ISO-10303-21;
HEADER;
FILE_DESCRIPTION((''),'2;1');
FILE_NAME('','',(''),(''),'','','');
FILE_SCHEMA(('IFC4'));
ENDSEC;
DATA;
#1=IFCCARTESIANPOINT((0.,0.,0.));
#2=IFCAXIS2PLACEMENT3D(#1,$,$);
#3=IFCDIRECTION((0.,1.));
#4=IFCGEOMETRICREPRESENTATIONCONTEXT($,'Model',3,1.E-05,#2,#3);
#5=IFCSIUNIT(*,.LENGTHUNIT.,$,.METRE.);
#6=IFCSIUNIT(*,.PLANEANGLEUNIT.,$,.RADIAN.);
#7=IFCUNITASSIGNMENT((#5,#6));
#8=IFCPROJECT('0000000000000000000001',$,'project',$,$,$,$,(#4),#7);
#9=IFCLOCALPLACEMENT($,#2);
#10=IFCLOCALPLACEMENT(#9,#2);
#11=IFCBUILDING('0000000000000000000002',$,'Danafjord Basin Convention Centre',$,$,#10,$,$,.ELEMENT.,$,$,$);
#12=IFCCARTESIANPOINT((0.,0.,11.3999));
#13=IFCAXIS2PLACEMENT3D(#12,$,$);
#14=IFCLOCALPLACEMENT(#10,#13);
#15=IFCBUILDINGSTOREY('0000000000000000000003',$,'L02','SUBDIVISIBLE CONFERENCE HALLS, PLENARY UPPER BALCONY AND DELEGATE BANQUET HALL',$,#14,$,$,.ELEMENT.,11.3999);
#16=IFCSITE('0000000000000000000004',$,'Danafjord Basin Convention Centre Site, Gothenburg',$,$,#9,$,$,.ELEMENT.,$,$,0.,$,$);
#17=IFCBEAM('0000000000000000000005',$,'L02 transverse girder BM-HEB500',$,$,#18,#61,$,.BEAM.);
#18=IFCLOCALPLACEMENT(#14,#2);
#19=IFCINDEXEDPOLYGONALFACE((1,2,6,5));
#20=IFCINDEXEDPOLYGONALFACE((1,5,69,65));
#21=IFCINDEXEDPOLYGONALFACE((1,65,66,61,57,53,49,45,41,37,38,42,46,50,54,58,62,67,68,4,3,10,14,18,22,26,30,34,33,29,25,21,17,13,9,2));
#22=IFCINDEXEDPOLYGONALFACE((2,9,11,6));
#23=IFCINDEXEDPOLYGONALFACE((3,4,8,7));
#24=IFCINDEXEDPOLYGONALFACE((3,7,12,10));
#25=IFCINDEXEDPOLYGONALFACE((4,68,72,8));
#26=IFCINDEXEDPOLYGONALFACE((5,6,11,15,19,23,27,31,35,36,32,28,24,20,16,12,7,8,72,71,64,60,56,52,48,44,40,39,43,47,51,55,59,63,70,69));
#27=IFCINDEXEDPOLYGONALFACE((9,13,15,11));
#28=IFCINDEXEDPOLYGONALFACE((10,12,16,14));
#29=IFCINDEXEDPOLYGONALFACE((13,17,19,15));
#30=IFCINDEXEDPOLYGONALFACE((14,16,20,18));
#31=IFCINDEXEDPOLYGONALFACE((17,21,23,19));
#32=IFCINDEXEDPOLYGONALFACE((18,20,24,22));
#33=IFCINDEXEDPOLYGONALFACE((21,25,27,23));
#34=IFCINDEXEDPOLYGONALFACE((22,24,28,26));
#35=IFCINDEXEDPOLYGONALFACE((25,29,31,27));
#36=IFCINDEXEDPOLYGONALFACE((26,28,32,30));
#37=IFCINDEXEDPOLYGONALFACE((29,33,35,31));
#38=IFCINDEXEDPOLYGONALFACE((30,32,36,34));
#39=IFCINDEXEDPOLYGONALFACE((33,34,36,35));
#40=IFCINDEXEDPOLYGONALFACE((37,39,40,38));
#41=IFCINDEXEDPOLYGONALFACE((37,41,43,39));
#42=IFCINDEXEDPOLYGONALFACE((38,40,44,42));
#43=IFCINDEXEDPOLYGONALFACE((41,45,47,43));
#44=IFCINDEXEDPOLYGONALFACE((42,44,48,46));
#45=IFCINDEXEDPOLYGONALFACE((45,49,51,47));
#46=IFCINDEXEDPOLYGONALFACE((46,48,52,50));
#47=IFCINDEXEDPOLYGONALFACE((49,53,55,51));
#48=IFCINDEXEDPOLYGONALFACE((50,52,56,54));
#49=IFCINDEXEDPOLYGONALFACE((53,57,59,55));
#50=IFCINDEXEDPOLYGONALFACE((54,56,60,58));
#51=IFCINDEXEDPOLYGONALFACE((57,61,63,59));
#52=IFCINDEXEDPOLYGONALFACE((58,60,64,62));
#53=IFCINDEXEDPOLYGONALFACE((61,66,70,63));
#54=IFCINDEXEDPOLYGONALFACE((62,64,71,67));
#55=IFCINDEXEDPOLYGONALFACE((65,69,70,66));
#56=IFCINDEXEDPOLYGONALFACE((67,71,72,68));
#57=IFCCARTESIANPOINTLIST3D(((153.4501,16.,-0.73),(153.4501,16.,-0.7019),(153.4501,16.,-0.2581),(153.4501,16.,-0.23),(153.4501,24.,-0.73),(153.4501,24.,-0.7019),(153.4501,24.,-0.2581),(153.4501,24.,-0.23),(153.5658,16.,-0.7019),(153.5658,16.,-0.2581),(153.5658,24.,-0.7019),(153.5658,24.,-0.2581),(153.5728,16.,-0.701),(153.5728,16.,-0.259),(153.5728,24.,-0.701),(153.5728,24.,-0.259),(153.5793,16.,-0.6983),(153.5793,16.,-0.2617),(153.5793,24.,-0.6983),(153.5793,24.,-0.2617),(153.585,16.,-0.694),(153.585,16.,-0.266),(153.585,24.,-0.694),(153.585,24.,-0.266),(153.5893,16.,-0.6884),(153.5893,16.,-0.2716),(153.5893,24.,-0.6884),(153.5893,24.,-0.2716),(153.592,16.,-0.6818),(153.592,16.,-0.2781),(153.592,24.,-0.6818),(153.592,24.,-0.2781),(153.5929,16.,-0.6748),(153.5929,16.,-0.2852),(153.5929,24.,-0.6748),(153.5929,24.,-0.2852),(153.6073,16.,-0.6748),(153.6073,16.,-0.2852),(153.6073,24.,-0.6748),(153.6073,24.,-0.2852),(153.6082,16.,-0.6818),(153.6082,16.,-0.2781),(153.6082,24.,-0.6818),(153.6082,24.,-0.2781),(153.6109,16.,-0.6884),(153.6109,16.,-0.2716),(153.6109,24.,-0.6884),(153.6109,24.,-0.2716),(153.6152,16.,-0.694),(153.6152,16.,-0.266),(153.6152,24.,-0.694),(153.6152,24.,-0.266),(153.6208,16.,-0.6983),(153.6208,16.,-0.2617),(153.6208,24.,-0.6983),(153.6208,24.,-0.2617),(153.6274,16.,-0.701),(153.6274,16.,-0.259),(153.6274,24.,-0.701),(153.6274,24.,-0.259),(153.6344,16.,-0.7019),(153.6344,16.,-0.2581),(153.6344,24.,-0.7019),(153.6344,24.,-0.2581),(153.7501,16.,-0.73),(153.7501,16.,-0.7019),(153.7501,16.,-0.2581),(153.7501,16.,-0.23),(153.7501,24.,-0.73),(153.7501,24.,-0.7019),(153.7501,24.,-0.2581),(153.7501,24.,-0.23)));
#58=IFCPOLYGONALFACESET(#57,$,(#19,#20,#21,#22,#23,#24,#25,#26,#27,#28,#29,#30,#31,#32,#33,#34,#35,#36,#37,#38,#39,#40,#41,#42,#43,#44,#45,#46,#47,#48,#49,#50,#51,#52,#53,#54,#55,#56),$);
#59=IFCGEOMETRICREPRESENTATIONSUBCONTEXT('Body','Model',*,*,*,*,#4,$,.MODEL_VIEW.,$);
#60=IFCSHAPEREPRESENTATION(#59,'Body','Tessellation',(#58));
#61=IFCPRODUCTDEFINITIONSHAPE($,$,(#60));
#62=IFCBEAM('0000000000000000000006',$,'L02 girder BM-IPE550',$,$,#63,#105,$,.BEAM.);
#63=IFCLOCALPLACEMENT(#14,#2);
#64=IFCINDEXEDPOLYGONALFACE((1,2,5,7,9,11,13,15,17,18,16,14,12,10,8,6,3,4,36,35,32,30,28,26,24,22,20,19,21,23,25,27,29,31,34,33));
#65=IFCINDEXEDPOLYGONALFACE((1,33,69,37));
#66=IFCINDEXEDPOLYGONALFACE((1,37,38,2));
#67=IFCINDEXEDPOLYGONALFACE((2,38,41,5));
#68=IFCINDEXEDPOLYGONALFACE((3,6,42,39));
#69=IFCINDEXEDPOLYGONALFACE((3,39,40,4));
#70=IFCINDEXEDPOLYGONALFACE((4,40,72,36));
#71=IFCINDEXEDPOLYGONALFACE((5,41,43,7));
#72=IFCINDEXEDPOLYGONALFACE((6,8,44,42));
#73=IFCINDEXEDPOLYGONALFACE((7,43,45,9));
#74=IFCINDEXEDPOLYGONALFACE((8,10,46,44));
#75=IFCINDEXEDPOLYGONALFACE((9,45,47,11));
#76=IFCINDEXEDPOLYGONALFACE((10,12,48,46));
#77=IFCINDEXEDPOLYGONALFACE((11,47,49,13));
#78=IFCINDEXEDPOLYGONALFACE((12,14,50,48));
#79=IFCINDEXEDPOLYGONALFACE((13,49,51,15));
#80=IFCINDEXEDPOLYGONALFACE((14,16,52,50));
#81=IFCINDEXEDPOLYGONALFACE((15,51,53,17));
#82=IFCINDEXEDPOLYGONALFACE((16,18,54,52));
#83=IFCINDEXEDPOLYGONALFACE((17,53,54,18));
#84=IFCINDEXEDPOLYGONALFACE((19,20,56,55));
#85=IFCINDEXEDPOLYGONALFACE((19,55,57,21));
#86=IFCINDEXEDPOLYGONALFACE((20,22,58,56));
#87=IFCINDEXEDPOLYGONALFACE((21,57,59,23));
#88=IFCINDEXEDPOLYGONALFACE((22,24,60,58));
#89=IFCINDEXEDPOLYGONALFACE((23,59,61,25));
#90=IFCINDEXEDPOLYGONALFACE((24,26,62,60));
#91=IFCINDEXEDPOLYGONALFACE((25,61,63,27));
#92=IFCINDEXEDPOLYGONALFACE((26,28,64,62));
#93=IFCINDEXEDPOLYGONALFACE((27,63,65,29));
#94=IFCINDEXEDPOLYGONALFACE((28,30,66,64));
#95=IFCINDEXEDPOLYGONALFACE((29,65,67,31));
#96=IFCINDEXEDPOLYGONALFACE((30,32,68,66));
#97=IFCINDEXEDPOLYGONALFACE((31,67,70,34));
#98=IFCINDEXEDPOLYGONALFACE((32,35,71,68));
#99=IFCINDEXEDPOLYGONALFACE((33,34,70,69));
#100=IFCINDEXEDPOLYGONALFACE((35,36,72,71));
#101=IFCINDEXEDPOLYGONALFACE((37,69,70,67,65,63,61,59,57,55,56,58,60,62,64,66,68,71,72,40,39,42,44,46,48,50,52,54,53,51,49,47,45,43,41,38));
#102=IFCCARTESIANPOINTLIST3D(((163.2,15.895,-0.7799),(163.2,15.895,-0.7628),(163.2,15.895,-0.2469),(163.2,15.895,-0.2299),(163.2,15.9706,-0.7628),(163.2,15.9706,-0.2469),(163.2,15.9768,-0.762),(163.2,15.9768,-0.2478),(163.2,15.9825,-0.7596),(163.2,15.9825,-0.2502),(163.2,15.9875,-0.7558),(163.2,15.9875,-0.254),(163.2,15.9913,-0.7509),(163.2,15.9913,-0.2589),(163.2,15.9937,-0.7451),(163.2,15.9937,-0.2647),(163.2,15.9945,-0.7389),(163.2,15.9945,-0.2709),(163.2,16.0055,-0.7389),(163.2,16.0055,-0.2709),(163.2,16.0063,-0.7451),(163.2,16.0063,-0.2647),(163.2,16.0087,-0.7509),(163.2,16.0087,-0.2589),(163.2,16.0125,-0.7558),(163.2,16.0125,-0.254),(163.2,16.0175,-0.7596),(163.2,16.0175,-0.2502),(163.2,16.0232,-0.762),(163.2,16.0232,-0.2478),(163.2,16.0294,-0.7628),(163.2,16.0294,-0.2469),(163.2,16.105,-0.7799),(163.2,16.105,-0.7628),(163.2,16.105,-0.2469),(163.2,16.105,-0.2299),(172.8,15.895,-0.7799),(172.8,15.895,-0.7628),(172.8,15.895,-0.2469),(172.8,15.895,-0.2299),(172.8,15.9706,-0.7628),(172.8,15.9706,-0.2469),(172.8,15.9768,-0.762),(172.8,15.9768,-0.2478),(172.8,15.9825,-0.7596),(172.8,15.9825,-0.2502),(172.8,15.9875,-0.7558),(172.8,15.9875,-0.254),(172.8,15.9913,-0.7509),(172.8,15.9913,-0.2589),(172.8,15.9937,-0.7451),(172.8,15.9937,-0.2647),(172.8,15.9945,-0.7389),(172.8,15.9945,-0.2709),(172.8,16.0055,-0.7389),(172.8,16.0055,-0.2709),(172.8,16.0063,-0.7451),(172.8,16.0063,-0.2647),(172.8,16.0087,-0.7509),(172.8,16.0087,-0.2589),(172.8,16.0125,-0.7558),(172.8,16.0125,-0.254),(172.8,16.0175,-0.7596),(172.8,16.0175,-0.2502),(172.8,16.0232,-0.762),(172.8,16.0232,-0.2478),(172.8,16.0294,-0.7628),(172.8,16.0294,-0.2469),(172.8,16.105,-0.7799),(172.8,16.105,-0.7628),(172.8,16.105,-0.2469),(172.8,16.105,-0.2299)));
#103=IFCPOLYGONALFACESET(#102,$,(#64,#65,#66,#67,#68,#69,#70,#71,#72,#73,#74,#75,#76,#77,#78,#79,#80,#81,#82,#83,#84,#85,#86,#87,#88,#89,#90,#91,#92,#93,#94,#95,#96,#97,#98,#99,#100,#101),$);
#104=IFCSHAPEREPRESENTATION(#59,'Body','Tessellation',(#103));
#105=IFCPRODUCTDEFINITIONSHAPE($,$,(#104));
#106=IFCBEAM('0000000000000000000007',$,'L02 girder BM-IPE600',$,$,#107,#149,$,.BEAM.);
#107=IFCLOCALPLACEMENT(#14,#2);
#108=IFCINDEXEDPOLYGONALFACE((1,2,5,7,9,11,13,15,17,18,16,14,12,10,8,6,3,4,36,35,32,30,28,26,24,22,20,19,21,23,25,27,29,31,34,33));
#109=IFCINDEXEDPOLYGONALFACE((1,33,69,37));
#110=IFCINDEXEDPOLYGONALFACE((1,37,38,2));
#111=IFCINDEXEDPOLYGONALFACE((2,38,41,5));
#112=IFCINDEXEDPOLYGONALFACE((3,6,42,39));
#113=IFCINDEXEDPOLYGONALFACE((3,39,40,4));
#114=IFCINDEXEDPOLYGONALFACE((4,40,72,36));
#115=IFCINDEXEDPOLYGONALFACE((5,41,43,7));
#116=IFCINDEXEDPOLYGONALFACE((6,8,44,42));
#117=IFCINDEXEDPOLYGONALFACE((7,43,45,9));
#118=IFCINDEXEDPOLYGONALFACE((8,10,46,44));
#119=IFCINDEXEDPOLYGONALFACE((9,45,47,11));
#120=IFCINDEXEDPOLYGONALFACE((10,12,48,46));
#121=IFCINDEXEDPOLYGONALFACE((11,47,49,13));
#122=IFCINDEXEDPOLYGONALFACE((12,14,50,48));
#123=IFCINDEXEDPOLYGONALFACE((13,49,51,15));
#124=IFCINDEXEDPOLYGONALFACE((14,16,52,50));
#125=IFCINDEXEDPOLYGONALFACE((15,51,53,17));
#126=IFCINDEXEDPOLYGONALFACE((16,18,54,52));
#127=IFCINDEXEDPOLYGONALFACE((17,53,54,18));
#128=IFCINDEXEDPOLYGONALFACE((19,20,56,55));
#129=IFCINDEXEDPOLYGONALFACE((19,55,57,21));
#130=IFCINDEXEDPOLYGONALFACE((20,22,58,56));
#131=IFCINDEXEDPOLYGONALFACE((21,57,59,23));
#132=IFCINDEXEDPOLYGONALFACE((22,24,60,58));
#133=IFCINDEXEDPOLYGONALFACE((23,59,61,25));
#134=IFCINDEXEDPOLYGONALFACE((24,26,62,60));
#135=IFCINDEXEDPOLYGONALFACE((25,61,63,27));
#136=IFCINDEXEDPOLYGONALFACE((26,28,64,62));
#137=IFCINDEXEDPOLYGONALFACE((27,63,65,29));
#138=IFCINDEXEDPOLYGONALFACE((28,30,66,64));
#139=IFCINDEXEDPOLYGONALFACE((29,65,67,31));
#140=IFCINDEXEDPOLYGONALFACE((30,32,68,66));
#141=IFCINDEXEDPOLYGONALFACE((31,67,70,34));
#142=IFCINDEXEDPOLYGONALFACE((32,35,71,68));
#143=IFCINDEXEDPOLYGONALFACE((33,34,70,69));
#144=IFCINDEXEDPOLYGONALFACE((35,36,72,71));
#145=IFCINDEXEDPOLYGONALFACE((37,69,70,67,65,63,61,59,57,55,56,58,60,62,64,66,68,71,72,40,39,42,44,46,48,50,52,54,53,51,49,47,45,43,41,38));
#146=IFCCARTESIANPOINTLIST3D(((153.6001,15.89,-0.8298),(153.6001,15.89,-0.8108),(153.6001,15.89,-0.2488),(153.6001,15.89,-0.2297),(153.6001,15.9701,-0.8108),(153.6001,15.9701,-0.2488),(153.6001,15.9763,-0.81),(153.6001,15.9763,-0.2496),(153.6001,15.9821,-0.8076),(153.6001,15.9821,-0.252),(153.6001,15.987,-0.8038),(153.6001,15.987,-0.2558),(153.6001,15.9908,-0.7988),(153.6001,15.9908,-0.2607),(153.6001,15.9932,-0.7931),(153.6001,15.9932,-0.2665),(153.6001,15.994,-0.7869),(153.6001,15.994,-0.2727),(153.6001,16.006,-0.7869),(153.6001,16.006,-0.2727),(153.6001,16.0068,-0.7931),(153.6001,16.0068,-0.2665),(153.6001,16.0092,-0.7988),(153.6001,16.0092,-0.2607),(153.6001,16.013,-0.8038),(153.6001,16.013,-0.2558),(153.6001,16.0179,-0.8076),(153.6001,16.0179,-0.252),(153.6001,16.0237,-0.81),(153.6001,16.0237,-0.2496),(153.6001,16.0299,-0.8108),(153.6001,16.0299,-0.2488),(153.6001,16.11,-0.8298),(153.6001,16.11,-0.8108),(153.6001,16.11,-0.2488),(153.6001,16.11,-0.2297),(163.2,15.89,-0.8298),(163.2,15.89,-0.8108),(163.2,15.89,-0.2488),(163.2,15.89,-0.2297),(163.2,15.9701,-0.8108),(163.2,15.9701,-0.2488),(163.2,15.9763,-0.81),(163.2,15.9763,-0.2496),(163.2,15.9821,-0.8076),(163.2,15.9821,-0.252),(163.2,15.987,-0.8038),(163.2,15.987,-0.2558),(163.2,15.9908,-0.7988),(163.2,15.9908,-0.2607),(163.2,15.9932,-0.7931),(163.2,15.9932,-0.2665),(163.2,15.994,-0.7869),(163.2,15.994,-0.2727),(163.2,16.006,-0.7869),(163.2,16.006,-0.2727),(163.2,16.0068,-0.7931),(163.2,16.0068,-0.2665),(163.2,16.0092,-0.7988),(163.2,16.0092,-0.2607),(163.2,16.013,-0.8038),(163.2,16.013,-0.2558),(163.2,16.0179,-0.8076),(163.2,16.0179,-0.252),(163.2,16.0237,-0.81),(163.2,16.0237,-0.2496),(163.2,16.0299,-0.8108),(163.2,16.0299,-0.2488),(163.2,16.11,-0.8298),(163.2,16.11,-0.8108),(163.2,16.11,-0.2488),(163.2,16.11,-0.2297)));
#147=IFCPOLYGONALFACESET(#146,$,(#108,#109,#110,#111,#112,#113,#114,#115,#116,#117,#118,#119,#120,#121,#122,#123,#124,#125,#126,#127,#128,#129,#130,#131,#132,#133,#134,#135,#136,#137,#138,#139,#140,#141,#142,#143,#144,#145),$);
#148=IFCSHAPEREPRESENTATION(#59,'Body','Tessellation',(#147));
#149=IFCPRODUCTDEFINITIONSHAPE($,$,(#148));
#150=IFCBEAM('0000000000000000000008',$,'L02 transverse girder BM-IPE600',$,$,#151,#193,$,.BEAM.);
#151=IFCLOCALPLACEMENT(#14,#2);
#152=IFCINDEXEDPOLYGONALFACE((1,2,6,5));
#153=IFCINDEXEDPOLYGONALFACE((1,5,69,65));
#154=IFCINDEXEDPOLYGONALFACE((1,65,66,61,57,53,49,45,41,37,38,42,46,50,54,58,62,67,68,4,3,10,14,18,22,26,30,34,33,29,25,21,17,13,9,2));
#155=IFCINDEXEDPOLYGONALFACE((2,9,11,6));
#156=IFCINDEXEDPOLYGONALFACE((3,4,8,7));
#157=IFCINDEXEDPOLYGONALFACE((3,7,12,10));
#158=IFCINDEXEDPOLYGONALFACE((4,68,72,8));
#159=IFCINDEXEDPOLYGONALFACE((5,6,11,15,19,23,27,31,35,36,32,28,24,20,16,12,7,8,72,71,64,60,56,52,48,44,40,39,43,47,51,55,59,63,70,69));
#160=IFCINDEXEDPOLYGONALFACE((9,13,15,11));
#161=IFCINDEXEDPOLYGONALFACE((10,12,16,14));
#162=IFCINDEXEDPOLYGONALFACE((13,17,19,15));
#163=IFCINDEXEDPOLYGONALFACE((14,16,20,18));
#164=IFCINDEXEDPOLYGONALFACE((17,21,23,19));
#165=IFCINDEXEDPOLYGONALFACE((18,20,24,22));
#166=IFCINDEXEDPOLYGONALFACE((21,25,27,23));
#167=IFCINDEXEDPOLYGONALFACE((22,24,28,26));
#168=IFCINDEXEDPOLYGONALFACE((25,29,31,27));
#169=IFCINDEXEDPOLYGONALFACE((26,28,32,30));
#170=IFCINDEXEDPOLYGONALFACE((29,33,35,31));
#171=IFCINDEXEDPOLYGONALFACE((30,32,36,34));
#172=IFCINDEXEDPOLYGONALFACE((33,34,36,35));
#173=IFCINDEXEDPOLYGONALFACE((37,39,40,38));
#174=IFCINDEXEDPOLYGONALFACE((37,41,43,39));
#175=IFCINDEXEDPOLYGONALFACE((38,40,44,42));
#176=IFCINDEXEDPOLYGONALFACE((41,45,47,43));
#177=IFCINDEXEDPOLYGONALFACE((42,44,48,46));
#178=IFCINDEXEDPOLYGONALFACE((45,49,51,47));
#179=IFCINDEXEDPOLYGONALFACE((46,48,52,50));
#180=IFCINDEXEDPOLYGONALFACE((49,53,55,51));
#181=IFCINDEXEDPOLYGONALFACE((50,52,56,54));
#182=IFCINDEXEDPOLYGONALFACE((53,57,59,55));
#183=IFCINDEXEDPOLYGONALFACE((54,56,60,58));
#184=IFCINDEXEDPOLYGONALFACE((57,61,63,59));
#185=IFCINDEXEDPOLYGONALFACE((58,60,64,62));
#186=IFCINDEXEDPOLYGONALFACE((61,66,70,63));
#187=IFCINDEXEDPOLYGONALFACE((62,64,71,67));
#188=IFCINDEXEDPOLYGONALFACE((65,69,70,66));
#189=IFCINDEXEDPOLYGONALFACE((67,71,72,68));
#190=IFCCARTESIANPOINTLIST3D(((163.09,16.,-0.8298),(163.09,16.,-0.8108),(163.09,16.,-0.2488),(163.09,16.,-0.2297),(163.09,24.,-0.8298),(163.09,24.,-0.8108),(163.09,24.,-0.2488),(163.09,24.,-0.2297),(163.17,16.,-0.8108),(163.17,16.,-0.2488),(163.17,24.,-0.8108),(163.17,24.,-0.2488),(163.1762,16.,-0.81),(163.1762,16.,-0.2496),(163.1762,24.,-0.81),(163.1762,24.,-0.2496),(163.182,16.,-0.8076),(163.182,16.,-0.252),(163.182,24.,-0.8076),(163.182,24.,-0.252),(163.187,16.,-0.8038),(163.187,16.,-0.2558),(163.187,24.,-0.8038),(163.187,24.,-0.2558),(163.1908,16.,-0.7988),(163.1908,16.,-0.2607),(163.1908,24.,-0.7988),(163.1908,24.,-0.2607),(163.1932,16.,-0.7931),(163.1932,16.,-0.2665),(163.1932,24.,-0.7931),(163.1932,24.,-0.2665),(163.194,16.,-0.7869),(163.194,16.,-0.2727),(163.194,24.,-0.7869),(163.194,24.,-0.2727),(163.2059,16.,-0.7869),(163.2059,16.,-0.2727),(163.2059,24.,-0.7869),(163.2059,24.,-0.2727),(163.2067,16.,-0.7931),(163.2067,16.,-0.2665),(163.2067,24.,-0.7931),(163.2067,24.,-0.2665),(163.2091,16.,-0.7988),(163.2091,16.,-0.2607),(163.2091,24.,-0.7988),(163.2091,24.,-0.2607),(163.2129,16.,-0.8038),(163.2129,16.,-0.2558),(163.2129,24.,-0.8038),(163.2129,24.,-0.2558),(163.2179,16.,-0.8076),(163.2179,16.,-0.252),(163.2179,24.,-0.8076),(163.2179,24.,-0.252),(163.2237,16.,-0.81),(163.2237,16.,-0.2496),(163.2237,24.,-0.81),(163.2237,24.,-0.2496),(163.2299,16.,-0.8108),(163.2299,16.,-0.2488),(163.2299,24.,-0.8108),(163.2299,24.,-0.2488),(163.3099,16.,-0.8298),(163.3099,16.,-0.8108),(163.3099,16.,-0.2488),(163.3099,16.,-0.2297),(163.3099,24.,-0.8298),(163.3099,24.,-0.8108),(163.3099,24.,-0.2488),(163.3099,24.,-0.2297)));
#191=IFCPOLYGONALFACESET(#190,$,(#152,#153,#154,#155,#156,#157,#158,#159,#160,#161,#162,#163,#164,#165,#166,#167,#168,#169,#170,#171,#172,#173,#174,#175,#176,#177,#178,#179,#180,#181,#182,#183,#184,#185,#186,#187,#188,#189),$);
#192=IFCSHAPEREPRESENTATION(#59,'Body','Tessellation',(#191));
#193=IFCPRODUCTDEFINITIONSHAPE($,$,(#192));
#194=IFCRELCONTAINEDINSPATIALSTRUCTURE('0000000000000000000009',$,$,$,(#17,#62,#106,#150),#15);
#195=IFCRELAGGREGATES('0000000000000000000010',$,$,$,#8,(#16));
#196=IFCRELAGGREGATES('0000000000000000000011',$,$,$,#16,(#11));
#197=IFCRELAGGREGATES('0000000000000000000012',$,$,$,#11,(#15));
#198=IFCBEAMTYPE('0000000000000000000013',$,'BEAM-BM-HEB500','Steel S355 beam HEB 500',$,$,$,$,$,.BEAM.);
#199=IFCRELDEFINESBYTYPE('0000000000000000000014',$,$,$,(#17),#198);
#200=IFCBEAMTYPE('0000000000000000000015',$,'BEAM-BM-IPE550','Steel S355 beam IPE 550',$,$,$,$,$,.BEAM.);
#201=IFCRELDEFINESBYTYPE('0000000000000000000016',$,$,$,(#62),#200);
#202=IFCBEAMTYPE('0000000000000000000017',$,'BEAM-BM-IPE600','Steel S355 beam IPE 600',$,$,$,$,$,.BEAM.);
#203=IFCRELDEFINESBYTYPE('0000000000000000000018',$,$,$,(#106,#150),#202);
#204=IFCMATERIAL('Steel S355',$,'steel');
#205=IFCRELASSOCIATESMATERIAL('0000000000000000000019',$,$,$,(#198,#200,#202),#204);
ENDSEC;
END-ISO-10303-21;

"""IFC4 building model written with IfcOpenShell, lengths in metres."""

from ifc_helpers import new_model, si_unit, direction, frame, origin, origin_2d, place, context, subcontext, project, spatial, i_section, extrude, material, material_profile, profile_set, type_object, element, save


model = new_model("IFC4")

# Units and contexts
model_context = context("Model", 3, precision=1e-05, world=origin(), true_north=direction((0.0, 1.0)))
body_context = subcontext(model_context, "Body", "Model", "MODEL_VIEW")
ifc_project = project(units=[si_unit("LENGTHUNIT", "METRE"), si_unit("PLANEANGLEUNIT", "RADIAN")], contexts=[model_context])

# Site, building, storey
site_placement = place(None, origin())
site = spatial("IfcSite", under=ifc_project, at=site_placement, Name="Danafjord Basin Convention Centre Site, Gothenburg", CompositionType="ELEMENT", RefElevation=0.0)
building_placement = place(site_placement, origin())
building = spatial("IfcBuilding", under=site, at=building_placement, Name="Danafjord Basin Convention Centre", CompositionType="ELEMENT")
storey_placement = place(building_placement, frame((0.0, 0.0, 11.3999)))
storey = spatial("IfcBuildingStorey", under=building, at=storey_placement, Name="L02", Description="SUBDIVISIBLE CONFERENCE HALLS, PLENARY UPPER BALCONY AND DELEGATE BANQUET HALL", CompositionType="ELEMENT", Elevation=11.3999)

# Shared definitions
ifc_material_1 = material(Name="Steel S355", Category="steel")

# Beams
ifc_material_profile_1 = material_profile(ifc_material_1, i_section(OverallWidth=0.3, OverallDepth=0.5, WebThickness=0.0144, FlangeThickness=0.0281, FilletRadius=0.0271, at=origin_2d()), Name="HEB 500")
ifc_profile_set_1 = profile_set([ifc_material_profile_1], Name="Steel S355")
beam_type_1 = type_object("IfcBeamType", Name="BEAM-BM-HEB500", Description="Steel S355 beam HEB 500", PredefinedType="BEAM", material=ifc_profile_set_1)
beam_1_placement = place(storey_placement, frame((153.6001, 16.0, -0.48), z_axis=(0.0, 1.0, 0.0), x_axis=(-1.0, 0.0, 0.0)))
element("IfcBeam", 1, at=beam_1_placement, inside=storey, type_object=beam_type_1, Name="L02 transverse girder BM-HEB500", PredefinedType="BEAM", context=body_context, shape_type="SweptSolid", body=[
    extrude(i_section(OverallWidth=0.3, OverallDepth=0.5, WebThickness=0.0144, FlangeThickness=0.0281, FilletRadius=0.0271, at=origin_2d()), origin(), (0.0, 0.0, 1.0), 8.0),
])
ifc_material_profile_2 = material_profile(ifc_material_1, i_section(OverallWidth=0.21, OverallDepth=0.55, WebThickness=0.011, FlangeThickness=0.0171, FilletRadius=0.0239, at=origin_2d()), Name="IPE 550")
ifc_profile_set_2 = profile_set([ifc_material_profile_2], Name="Steel S355")
beam_type_2 = type_object("IfcBeamType", Name="BEAM-BM-IPE550", Description="Steel S355 beam IPE 550", PredefinedType="BEAM", material=ifc_profile_set_2)
beam_2_placement = place(storey_placement, frame((163.2, 16.0, -0.5049), z_axis=(1.0, 0.0, 0.0), x_axis=(0.0, 1.0, 0.0)))
element("IfcBeam", 2, at=beam_2_placement, inside=storey, type_object=beam_type_2, Name="L02 girder BM-IPE550", PredefinedType="BEAM", context=body_context, shape_type="SweptSolid", body=[
    extrude(i_section(OverallWidth=0.21, OverallDepth=0.55, WebThickness=0.011, FlangeThickness=0.0171, FilletRadius=0.0239, at=origin_2d()), origin(), (0.0, 0.0, 1.0), 9.6001),
])
ifc_material_profile_3 = material_profile(ifc_material_1, i_section(OverallWidth=0.22, OverallDepth=0.6001, WebThickness=0.012, FlangeThickness=0.019, FilletRadius=0.0239, at=origin_2d()), Name="IPE 600")
ifc_profile_set_3 = profile_set([ifc_material_profile_3], Name="Steel S355")
beam_type_3 = type_object("IfcBeamType", Name="BEAM-BM-IPE600", Description="Steel S355 beam IPE 600", PredefinedType="BEAM", material=ifc_profile_set_3)
beam_3_placement = place(storey_placement, frame((153.6001, 16.0, -0.5298), z_axis=(1.0, 0.0, 0.0), x_axis=(0.0, 1.0, 0.0)))
element("IfcBeam", 3, at=beam_3_placement, inside=storey, type_object=beam_type_3, Name="L02 girder BM-IPE600", PredefinedType="BEAM", context=body_context, shape_type="SweptSolid", body=[
    extrude(i_section(OverallWidth=0.22, OverallDepth=0.6001, WebThickness=0.012, FlangeThickness=0.019, FilletRadius=0.0239, at=origin_2d()), origin(), (0.0, 0.0, 1.0), 9.5999),
])
beam_4_placement = place(storey_placement, frame((163.2, 16.0, -0.5298), z_axis=(0.0, 1.0, 0.0), x_axis=(-1.0, 0.0, 0.0)))
element("IfcBeam", 4, at=beam_4_placement, inside=storey, type_object=beam_type_3, Name="L02 transverse girder BM-IPE600", PredefinedType="BEAM", context=body_context, shape_type="SweptSolid", body=[
    extrude(i_section(OverallWidth=0.22, OverallDepth=0.6001, WebThickness=0.012, FlangeThickness=0.019, FilletRadius=0.0239, at=origin_2d()), origin(), (0.0, 0.0, 1.0), 8.0),
])

save(model, "model.ifc")
